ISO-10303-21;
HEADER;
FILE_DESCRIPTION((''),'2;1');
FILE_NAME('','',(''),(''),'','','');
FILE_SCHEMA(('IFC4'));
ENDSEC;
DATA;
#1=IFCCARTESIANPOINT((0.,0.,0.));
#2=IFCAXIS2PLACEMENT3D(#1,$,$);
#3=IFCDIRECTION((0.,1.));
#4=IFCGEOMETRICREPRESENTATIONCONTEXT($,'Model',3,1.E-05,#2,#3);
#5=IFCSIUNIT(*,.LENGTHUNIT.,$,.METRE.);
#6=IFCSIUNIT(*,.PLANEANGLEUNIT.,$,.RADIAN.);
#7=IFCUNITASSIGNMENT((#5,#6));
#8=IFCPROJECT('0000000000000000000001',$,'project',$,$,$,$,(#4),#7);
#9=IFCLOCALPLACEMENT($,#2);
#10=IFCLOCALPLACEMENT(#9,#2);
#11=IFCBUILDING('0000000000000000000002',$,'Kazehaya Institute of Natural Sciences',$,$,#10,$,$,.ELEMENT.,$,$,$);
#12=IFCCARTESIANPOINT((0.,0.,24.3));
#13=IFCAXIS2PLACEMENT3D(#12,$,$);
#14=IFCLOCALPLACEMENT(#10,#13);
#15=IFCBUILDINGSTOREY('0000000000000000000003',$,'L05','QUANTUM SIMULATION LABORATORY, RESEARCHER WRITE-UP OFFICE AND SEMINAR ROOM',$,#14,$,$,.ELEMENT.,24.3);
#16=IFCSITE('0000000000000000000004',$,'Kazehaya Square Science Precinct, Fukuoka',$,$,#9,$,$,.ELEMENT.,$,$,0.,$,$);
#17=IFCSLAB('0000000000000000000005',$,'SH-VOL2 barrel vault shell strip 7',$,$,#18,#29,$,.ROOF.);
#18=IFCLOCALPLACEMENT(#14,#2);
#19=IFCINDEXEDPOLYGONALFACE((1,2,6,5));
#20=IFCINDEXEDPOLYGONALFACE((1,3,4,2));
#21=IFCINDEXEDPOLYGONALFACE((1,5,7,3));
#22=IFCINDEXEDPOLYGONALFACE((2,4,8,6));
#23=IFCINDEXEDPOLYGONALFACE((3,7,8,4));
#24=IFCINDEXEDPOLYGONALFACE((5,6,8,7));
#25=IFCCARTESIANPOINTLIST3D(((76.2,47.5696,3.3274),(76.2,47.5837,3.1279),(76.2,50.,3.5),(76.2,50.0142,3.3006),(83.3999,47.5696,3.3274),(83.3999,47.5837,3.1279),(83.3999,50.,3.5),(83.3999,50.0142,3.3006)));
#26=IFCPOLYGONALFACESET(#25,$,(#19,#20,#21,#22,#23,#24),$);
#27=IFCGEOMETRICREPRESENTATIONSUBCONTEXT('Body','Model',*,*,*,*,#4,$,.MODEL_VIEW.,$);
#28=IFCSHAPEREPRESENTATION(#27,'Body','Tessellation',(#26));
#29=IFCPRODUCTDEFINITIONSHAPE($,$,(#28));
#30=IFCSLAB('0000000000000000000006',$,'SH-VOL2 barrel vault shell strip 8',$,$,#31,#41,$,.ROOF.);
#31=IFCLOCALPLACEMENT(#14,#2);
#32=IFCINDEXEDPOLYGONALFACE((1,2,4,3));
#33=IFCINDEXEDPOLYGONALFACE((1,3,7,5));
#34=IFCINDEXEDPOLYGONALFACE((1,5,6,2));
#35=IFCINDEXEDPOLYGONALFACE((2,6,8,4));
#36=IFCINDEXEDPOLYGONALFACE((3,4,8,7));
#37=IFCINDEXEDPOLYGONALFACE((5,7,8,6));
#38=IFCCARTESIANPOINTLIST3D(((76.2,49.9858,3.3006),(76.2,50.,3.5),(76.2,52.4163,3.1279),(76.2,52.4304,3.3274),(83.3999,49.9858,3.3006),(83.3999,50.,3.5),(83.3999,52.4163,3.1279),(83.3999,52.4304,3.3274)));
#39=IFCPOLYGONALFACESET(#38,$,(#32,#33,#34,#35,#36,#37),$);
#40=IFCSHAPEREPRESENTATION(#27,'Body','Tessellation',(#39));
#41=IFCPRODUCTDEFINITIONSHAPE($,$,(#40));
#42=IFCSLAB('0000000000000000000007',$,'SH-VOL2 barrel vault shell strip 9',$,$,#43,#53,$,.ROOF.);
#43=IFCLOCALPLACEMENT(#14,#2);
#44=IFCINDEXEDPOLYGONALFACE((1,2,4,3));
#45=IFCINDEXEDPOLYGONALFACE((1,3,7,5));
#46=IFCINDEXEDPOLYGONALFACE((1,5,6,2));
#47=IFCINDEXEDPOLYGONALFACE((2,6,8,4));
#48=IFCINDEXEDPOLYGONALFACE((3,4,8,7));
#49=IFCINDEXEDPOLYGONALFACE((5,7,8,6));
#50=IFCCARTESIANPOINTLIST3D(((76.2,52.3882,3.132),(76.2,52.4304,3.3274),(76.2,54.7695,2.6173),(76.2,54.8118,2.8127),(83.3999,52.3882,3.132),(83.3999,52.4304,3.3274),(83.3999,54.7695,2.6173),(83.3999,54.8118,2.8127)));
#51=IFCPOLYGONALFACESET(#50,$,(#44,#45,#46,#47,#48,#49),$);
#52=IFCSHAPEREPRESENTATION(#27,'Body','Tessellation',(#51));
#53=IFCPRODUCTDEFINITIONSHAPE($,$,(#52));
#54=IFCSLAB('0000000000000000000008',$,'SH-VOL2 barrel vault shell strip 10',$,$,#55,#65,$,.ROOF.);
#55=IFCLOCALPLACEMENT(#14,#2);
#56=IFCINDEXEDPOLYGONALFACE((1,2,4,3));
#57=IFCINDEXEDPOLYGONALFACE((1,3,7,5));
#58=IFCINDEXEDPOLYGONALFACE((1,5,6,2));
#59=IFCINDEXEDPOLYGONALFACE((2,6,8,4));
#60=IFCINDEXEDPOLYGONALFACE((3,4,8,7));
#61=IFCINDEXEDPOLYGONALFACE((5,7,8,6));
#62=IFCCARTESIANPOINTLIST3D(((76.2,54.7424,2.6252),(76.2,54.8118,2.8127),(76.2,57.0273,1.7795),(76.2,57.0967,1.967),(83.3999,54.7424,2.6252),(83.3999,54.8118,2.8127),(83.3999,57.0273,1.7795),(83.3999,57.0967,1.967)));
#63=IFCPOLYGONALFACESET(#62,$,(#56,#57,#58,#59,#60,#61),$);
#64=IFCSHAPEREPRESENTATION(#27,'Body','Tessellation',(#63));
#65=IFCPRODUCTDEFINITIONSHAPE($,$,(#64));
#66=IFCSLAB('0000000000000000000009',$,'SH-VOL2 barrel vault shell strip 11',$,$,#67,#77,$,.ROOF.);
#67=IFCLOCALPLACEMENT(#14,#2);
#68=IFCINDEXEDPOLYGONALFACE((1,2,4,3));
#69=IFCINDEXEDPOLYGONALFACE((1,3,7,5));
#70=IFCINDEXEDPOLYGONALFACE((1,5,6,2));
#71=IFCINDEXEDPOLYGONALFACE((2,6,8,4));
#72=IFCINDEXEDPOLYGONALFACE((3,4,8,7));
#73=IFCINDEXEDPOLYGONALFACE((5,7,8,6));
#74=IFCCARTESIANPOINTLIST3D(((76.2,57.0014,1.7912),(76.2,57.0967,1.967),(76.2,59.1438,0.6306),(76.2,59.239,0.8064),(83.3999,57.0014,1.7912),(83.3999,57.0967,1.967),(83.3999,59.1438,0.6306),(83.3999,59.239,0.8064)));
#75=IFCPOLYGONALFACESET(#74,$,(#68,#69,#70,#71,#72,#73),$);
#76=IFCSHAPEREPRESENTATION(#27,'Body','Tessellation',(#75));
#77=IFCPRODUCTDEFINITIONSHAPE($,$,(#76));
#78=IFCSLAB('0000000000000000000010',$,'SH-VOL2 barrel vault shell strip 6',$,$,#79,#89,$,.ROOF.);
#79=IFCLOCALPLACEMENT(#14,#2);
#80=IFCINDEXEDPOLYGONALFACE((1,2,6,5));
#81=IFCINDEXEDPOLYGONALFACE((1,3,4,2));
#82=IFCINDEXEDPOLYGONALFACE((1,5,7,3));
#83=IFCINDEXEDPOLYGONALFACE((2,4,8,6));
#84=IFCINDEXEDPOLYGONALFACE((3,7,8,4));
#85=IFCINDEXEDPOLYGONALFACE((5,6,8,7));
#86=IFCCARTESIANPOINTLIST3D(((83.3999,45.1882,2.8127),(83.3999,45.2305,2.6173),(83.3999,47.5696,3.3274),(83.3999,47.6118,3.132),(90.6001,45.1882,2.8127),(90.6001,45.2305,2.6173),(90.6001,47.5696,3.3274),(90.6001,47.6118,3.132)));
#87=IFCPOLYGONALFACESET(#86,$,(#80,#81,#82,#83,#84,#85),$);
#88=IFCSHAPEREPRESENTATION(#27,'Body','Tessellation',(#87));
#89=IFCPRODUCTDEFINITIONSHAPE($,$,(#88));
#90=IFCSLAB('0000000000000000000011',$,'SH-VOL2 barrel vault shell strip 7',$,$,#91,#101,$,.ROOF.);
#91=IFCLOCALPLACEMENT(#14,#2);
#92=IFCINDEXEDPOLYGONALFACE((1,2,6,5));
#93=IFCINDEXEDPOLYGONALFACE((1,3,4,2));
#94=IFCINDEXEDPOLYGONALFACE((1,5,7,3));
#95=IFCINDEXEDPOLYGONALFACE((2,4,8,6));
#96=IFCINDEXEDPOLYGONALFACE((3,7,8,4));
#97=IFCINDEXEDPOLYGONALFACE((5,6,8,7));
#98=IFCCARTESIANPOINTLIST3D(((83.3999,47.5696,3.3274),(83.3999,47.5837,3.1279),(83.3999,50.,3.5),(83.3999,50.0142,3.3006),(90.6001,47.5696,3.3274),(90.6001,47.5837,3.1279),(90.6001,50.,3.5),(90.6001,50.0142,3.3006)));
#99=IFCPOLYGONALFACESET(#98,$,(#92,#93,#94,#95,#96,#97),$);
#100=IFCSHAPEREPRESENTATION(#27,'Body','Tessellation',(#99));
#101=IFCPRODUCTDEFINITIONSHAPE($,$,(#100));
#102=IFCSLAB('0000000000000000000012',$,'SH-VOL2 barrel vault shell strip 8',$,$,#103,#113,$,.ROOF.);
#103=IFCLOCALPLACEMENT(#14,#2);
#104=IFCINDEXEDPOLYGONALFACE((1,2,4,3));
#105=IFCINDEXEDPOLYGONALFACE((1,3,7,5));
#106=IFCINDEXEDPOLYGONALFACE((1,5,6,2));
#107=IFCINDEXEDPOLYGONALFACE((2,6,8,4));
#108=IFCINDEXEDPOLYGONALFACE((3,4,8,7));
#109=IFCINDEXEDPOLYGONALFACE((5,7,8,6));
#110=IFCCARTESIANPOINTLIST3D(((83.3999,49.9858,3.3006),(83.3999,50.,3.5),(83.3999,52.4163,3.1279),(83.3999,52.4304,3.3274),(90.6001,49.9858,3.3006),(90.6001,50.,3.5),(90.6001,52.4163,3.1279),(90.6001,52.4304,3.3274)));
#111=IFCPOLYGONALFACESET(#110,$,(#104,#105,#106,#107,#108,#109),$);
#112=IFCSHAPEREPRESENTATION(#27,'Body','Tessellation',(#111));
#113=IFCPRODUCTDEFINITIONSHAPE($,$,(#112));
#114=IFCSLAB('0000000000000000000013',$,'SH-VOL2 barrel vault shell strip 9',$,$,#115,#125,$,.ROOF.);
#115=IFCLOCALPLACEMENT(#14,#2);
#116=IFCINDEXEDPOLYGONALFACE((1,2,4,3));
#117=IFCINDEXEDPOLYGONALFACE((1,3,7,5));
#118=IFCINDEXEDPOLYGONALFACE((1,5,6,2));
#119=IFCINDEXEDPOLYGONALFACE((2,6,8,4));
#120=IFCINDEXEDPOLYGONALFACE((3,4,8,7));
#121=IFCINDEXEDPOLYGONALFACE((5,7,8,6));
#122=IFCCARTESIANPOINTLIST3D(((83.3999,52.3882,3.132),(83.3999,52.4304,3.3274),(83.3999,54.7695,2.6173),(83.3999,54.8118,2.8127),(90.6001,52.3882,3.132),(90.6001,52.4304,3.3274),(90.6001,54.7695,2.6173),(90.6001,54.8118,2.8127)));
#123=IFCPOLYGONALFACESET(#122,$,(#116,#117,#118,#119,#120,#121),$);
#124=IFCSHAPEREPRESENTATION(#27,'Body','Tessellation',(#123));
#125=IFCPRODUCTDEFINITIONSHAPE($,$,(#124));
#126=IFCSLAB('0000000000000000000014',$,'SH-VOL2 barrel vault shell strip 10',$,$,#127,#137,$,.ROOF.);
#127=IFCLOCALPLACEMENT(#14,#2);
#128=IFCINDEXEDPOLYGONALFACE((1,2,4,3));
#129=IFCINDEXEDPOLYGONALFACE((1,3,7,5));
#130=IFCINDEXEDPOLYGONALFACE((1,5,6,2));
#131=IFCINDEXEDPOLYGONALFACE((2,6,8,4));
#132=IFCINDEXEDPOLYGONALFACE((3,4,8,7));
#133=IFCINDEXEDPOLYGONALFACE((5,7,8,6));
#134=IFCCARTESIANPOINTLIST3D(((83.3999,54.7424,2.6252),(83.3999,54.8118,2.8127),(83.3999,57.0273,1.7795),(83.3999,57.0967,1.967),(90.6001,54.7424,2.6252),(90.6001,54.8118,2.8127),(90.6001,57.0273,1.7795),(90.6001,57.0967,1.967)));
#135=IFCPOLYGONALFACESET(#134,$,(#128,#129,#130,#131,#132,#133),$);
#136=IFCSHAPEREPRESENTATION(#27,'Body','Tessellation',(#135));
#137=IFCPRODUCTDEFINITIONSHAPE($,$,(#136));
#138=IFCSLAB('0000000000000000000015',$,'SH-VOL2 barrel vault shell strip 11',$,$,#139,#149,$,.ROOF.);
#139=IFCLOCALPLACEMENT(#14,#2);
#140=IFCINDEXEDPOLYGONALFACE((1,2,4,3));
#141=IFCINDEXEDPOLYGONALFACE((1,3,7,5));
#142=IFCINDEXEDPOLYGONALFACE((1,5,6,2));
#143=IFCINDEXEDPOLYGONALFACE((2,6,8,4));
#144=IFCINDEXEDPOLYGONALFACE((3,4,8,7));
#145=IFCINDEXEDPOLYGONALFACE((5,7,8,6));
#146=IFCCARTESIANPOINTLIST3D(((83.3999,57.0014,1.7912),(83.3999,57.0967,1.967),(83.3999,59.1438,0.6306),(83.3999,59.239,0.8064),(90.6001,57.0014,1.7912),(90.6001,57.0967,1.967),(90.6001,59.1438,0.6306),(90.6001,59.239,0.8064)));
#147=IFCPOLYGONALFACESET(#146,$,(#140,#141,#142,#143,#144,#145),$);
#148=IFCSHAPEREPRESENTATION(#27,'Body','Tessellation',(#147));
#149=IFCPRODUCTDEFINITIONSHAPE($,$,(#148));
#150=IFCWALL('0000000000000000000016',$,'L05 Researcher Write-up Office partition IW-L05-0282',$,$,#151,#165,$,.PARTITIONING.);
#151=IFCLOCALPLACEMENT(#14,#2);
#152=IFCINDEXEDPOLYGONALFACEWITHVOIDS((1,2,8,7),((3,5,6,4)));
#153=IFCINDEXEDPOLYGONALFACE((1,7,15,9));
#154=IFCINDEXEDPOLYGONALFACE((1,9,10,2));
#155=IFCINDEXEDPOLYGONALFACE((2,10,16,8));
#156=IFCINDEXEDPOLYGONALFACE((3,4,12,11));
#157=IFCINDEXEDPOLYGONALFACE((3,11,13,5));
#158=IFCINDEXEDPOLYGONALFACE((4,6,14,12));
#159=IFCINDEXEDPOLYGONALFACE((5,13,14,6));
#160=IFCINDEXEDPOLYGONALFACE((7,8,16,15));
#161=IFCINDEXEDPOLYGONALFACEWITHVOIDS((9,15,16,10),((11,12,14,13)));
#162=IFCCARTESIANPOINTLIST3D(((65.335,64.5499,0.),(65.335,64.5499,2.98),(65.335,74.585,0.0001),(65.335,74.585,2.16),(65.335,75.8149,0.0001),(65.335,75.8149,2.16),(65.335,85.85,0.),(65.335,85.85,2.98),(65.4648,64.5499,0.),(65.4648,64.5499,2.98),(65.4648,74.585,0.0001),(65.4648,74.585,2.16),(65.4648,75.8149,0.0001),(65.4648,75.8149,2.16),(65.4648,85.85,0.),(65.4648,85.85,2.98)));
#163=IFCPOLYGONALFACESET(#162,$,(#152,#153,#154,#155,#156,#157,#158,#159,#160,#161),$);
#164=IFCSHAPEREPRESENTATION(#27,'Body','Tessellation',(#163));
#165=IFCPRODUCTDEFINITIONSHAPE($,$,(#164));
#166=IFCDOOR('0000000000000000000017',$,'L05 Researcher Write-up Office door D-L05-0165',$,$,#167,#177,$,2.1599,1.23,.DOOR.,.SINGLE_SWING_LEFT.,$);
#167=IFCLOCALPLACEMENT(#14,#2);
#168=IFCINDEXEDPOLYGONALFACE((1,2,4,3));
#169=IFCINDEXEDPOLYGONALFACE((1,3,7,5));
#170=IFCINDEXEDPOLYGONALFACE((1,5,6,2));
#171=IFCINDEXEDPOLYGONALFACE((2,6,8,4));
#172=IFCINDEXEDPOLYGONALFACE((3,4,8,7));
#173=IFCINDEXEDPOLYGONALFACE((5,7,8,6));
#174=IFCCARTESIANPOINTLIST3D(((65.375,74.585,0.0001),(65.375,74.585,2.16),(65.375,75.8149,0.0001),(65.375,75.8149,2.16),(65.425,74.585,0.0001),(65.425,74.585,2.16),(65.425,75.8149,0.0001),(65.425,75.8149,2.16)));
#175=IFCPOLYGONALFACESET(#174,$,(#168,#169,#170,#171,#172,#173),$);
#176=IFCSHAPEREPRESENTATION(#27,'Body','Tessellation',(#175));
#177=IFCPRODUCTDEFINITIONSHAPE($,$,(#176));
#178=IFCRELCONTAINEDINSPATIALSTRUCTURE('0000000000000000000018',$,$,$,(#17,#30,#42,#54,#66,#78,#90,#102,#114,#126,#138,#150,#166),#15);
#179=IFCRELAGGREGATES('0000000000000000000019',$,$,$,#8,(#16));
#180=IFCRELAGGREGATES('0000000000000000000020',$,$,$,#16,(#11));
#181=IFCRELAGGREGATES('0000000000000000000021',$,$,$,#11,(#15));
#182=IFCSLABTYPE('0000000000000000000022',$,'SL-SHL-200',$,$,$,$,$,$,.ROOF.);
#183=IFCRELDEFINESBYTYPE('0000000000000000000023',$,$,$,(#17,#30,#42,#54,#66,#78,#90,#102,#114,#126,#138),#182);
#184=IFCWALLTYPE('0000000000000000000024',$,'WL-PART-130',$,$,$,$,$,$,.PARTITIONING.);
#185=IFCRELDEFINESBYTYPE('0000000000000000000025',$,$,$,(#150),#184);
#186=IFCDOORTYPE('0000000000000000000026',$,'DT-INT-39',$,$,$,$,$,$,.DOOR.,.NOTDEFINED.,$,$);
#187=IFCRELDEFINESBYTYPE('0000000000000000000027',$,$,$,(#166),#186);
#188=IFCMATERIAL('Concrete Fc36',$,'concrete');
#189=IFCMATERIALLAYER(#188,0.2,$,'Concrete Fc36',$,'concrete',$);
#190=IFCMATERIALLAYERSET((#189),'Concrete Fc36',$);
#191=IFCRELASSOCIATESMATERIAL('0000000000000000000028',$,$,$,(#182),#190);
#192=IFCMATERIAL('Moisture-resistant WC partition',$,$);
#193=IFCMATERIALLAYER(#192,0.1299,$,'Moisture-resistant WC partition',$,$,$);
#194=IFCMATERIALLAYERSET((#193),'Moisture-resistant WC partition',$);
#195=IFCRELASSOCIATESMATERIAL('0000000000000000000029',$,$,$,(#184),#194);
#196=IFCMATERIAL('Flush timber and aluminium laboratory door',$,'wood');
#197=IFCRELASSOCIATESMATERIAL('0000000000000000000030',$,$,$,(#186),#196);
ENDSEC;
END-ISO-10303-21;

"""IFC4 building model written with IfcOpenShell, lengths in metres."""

from ifc_helpers import new_model, si_unit, direction, frame, frame_2d, origin, place, context, subcontext, project, spatial, polyline, rectangle, outline, extrude, material, layer, layer_set, type_object, element, fill, save


model = new_model("IFC4")

# Units and contexts
model_context = context("Model", 3, precision=1e-05, world=origin(), true_north=direction((0.0, 1.0)))
body_context = subcontext(model_context, "Body", "Model", "MODEL_VIEW")
ifc_project = project(units=[si_unit("LENGTHUNIT", "METRE"), si_unit("PLANEANGLEUNIT", "RADIAN")], contexts=[model_context])

# Site, building, storey
site_placement = place(None, origin())
site = spatial("IfcSite", under=ifc_project, at=site_placement, Name="Kazehaya Square Science Precinct, Fukuoka", CompositionType="ELEMENT", RefElevation=0.0)
building_placement = place(site_placement, origin())
building = spatial("IfcBuilding", under=site, at=building_placement, Name="Kazehaya Institute of Natural Sciences", CompositionType="ELEMENT")
storey_placement = place(building_placement, frame((0.0, 0.0, 24.3)))
storey = spatial("IfcBuildingStorey", under=building, at=storey_placement, Name="L05", Description="QUANTUM SIMULATION LABORATORY, RESEARCHER WRITE-UP OFFICE AND SEMINAR ROOM", CompositionType="ELEMENT", Elevation=24.3)

# Shared definitions
ifc_material_1 = material(Name="Concrete Fc36", Category="concrete")

# Slabs
ifc_layer_1 = layer(ifc_material_1, 0.2, Name="Concrete Fc36", Category="concrete")
ifc_layer_set_1 = layer_set([ifc_layer_1], Name="Concrete Fc36")
slab_type = type_object("IfcSlabType", Name="SL-SHL-200", PredefinedType="ROOF", material=ifc_layer_set_1)
for number, where, z_axis, x_axis, name in (
    (1, (76.2, 47.5696, 3.3274), (0.0, -0.070841, 0.997488), (1.0, 0.0, 0.0), "SH-VOL2 barrel vault shell strip 7"),
    (2, (76.2, 50.0, 3.5), (0.0, 0.070841, 0.997488), (1.0, 0.0, 0.0), "SH-VOL2 barrel vault shell strip 8"),
):
    element("IfcSlab", number, at=place(storey_placement, frame(where, z_axis=z_axis, x_axis=x_axis)), inside=storey, type_object=slab_type, Name=name, PredefinedType="ROOF", context=body_context, shape_type="SweptSolid", body=[
        extrude(outline(polyline([(0.0, 0.0), (7.2, 0.0), (7.2, 2.4365), (0.0, 2.4365), (0.0, 0.0)])), origin(), (0.0, 0.0, -1.0), 0.2),
    ])
slab_1_placement = place(storey_placement, frame((76.2, 52.4304, 3.3274), z_axis=(0.0, 0.21124, 0.977434), x_axis=(1.0, 0.0, 0.0)))
element("IfcSlab", 3, at=slab_1_placement, inside=storey, type_object=slab_type, Name="SH-VOL2 barrel vault shell strip 9", PredefinedType="ROOF", context=body_context, shape_type="SweptSolid", body=[
    extrude(outline(polyline([(0.0, 0.0), (7.2, 0.0), (7.2, 2.4363), (0.0, 2.4363), (0.0, 0.0)])), origin(), (0.0, 0.0, -1.0), 0.2),
])
slab_2_placement = place(storey_placement, frame((76.2, 54.8118, 2.8127), z_axis=(0.0, 0.347112, 0.937824), x_axis=(1.0, 0.0, 0.0)))
element("IfcSlab", 4, at=slab_2_placement, inside=storey, type_object=slab_type, Name="SH-VOL2 barrel vault shell strip 10", PredefinedType="ROOF", context=body_context, shape_type="SweptSolid", body=[
    extrude(outline(polyline([(0.0, 0.0), (7.2, 0.0), (7.2, 2.4364), (0.0, 2.4364), (0.0, 0.0)])), origin(), (0.0, 0.0, -1.0), 0.2),
])
slab_3_placement = place(storey_placement, frame((76.2, 57.0967, 1.967), z_axis=(0.0, 0.476351, 0.879255), x_axis=(1.0, 0.0, 0.0)))
element("IfcSlab", 5, at=slab_3_placement, inside=storey, type_object=slab_type, Name="SH-VOL2 barrel vault shell strip 11", PredefinedType="ROOF", context=body_context, shape_type="SweptSolid", body=[
    extrude(outline(polyline([(0.0, 0.0), (7.2, 0.0), (7.2, 2.4365), (0.0, 2.4365), (0.0, 0.0)])), origin(), (0.0, 0.0, -1.0), 0.2),
])
slab_4_placement = place(storey_placement, frame((83.3999, 45.1882, 2.8127), z_axis=(0.0, -0.21124, 0.977434), x_axis=(1.0, 0.0, 0.0)))
element("IfcSlab", 6, at=slab_4_placement, inside=storey, type_object=slab_type, Name="SH-VOL2 barrel vault shell strip 6", PredefinedType="ROOF", context=body_context, shape_type="SweptSolid", body=[
    extrude(outline(polyline([(0.0, 0.0), (7.2002, 0.0), (7.2002, 2.4363), (0.0, 2.4363), (0.0, 0.0)])), origin(), (0.0, 0.0, -1.0), 0.2),
])
for number, where, z_axis, x_axis, name in (
    (7, (83.3999, 47.5696, 3.3274), (0.0, -0.070841, 0.997488), (1.0, 0.0, 0.0), "SH-VOL2 barrel vault shell strip 7"),
    (8, (83.3999, 50.0, 3.5), (0.0, 0.070841, 0.997488), (1.0, 0.0, 0.0), "SH-VOL2 barrel vault shell strip 8"),
):
    element("IfcSlab", number, at=place(storey_placement, frame(where, z_axis=z_axis, x_axis=x_axis)), inside=storey, type_object=slab_type, Name=name, PredefinedType="ROOF", context=body_context, shape_type="SweptSolid", body=[
        extrude(outline(polyline([(0.0, 0.0), (7.2002, 0.0), (7.2002, 2.4365), (0.0, 2.4365), (0.0, 0.0)])), origin(), (0.0, 0.0, -1.0), 0.2),
    ])
slab_5_placement = place(storey_placement, frame((83.3999, 52.4304, 3.3274), z_axis=(0.0, 0.21124, 0.977434), x_axis=(1.0, 0.0, 0.0)))
element("IfcSlab", 9, at=slab_5_placement, inside=storey, type_object=slab_type, Name="SH-VOL2 barrel vault shell strip 9", PredefinedType="ROOF", context=body_context, shape_type="SweptSolid", body=[
    extrude(outline(polyline([(0.0, 0.0), (7.2002, 0.0), (7.2002, 2.4363), (0.0, 2.4363), (0.0, 0.0)])), origin(), (0.0, 0.0, -1.0), 0.2),
])
slab_6_placement = place(storey_placement, frame((83.3999, 54.8118, 2.8127), z_axis=(0.0, 0.347112, 0.937824), x_axis=(1.0, 0.0, 0.0)))
element("IfcSlab", 10, at=slab_6_placement, inside=storey, type_object=slab_type, Name="SH-VOL2 barrel vault shell strip 10", PredefinedType="ROOF", context=body_context, shape_type="SweptSolid", body=[
    extrude(outline(polyline([(0.0, 0.0), (7.2002, 0.0), (7.2002, 2.4364), (0.0, 2.4364), (0.0, 0.0)])), origin(), (0.0, 0.0, -1.0), 0.2),
])
slab_7_placement = place(storey_placement, frame((83.3999, 57.0967, 1.967), z_axis=(0.0, 0.476351, 0.879255), x_axis=(1.0, 0.0, 0.0)))
element("IfcSlab", 11, at=slab_7_placement, inside=storey, type_object=slab_type, Name="SH-VOL2 barrel vault shell strip 11", PredefinedType="ROOF", context=body_context, shape_type="SweptSolid", body=[
    extrude(outline(polyline([(0.0, 0.0), (7.2002, 0.0), (7.2002, 2.4365), (0.0, 2.4365), (0.0, 0.0)])), origin(), (0.0, 0.0, -1.0), 0.2),
])

# Wall, opening, door
ifc_material_2 = material(Name="Moisture-resistant WC partition")
ifc_layer_2 = layer(ifc_material_2, 0.1299, Name="Moisture-resistant WC partition")
ifc_layer_set_2 = layer_set([ifc_layer_2], Name="Moisture-resistant WC partition")
wall_type = type_object("IfcWallType", Name="WL-PART-130", PredefinedType="PARTITIONING", material=ifc_layer_set_2)
wall_placement = place(storey_placement, frame((65.3999, 64.55, 0.0), z_axis=(0.0, 0.0, 1.0), x_axis=(0.0, 1.0, 0.0)))
wall = element("IfcWall", 12, at=wall_placement, inside=storey, type_object=wall_type, Name="L05 Researcher Write-up Office partition IW-L05-0282", PredefinedType="PARTITIONING", context=body_context, shape_type="SweptSolid", body=[
    extrude(rectangle(XDim=21.3, YDim=0.1299, at=frame_2d((10.6499, 0.0))), origin(), (0.0, 0.0, 1.0), 2.98),
])
opening_placement = place(wall_placement, frame((10.0349, 0.0, 0.0)))
opening = element("IfcOpeningElement", 13, at=opening_placement, cuts=wall, PredefinedType="OPENING", context=body_context, shape_type="SweptSolid", body=[
    extrude(rectangle(XDim=1.23, YDim=2.1599, at=frame_2d((0.615, 1.0801))), frame((0.0, 0.075, 0.0), z_axis=(0.0, -1.0, 0.0), x_axis=(1.0, 0.0, 0.0)), (0.0, 0.0, 1.0), 0.1499),
])
ifc_material_3 = material(Name="Flush timber and aluminium laboratory door", Category="wood")
door_type = type_object("IfcDoorType", Name="DT-INT-39", OperationType="NOTDEFINED", PredefinedType="DOOR", material=ifc_material_3)
door_placement = place(opening_placement, origin())
door = element("IfcDoor", 14, at=door_placement, inside=storey, type_object=door_type, Name="L05 Researcher Write-up Office door D-L05-0165", OperationType="SINGLE_SWING_LEFT", OverallHeight=2.1599, OverallWidth=1.23, PredefinedType="DOOR", context=body_context, shape_type="SweptSolid", body=[
    extrude(rectangle(XDim=1.23, YDim=2.1599, at=frame_2d((0.615, 1.0801))), frame((0.0, 0.0249, 0.0), z_axis=(0.0, -1.0, 0.0), x_axis=(1.0, 0.0, 0.0)), (0.0, 0.0, 1.0), 0.05),
])
fill(opening, door)

save(model, "model.ifc")
